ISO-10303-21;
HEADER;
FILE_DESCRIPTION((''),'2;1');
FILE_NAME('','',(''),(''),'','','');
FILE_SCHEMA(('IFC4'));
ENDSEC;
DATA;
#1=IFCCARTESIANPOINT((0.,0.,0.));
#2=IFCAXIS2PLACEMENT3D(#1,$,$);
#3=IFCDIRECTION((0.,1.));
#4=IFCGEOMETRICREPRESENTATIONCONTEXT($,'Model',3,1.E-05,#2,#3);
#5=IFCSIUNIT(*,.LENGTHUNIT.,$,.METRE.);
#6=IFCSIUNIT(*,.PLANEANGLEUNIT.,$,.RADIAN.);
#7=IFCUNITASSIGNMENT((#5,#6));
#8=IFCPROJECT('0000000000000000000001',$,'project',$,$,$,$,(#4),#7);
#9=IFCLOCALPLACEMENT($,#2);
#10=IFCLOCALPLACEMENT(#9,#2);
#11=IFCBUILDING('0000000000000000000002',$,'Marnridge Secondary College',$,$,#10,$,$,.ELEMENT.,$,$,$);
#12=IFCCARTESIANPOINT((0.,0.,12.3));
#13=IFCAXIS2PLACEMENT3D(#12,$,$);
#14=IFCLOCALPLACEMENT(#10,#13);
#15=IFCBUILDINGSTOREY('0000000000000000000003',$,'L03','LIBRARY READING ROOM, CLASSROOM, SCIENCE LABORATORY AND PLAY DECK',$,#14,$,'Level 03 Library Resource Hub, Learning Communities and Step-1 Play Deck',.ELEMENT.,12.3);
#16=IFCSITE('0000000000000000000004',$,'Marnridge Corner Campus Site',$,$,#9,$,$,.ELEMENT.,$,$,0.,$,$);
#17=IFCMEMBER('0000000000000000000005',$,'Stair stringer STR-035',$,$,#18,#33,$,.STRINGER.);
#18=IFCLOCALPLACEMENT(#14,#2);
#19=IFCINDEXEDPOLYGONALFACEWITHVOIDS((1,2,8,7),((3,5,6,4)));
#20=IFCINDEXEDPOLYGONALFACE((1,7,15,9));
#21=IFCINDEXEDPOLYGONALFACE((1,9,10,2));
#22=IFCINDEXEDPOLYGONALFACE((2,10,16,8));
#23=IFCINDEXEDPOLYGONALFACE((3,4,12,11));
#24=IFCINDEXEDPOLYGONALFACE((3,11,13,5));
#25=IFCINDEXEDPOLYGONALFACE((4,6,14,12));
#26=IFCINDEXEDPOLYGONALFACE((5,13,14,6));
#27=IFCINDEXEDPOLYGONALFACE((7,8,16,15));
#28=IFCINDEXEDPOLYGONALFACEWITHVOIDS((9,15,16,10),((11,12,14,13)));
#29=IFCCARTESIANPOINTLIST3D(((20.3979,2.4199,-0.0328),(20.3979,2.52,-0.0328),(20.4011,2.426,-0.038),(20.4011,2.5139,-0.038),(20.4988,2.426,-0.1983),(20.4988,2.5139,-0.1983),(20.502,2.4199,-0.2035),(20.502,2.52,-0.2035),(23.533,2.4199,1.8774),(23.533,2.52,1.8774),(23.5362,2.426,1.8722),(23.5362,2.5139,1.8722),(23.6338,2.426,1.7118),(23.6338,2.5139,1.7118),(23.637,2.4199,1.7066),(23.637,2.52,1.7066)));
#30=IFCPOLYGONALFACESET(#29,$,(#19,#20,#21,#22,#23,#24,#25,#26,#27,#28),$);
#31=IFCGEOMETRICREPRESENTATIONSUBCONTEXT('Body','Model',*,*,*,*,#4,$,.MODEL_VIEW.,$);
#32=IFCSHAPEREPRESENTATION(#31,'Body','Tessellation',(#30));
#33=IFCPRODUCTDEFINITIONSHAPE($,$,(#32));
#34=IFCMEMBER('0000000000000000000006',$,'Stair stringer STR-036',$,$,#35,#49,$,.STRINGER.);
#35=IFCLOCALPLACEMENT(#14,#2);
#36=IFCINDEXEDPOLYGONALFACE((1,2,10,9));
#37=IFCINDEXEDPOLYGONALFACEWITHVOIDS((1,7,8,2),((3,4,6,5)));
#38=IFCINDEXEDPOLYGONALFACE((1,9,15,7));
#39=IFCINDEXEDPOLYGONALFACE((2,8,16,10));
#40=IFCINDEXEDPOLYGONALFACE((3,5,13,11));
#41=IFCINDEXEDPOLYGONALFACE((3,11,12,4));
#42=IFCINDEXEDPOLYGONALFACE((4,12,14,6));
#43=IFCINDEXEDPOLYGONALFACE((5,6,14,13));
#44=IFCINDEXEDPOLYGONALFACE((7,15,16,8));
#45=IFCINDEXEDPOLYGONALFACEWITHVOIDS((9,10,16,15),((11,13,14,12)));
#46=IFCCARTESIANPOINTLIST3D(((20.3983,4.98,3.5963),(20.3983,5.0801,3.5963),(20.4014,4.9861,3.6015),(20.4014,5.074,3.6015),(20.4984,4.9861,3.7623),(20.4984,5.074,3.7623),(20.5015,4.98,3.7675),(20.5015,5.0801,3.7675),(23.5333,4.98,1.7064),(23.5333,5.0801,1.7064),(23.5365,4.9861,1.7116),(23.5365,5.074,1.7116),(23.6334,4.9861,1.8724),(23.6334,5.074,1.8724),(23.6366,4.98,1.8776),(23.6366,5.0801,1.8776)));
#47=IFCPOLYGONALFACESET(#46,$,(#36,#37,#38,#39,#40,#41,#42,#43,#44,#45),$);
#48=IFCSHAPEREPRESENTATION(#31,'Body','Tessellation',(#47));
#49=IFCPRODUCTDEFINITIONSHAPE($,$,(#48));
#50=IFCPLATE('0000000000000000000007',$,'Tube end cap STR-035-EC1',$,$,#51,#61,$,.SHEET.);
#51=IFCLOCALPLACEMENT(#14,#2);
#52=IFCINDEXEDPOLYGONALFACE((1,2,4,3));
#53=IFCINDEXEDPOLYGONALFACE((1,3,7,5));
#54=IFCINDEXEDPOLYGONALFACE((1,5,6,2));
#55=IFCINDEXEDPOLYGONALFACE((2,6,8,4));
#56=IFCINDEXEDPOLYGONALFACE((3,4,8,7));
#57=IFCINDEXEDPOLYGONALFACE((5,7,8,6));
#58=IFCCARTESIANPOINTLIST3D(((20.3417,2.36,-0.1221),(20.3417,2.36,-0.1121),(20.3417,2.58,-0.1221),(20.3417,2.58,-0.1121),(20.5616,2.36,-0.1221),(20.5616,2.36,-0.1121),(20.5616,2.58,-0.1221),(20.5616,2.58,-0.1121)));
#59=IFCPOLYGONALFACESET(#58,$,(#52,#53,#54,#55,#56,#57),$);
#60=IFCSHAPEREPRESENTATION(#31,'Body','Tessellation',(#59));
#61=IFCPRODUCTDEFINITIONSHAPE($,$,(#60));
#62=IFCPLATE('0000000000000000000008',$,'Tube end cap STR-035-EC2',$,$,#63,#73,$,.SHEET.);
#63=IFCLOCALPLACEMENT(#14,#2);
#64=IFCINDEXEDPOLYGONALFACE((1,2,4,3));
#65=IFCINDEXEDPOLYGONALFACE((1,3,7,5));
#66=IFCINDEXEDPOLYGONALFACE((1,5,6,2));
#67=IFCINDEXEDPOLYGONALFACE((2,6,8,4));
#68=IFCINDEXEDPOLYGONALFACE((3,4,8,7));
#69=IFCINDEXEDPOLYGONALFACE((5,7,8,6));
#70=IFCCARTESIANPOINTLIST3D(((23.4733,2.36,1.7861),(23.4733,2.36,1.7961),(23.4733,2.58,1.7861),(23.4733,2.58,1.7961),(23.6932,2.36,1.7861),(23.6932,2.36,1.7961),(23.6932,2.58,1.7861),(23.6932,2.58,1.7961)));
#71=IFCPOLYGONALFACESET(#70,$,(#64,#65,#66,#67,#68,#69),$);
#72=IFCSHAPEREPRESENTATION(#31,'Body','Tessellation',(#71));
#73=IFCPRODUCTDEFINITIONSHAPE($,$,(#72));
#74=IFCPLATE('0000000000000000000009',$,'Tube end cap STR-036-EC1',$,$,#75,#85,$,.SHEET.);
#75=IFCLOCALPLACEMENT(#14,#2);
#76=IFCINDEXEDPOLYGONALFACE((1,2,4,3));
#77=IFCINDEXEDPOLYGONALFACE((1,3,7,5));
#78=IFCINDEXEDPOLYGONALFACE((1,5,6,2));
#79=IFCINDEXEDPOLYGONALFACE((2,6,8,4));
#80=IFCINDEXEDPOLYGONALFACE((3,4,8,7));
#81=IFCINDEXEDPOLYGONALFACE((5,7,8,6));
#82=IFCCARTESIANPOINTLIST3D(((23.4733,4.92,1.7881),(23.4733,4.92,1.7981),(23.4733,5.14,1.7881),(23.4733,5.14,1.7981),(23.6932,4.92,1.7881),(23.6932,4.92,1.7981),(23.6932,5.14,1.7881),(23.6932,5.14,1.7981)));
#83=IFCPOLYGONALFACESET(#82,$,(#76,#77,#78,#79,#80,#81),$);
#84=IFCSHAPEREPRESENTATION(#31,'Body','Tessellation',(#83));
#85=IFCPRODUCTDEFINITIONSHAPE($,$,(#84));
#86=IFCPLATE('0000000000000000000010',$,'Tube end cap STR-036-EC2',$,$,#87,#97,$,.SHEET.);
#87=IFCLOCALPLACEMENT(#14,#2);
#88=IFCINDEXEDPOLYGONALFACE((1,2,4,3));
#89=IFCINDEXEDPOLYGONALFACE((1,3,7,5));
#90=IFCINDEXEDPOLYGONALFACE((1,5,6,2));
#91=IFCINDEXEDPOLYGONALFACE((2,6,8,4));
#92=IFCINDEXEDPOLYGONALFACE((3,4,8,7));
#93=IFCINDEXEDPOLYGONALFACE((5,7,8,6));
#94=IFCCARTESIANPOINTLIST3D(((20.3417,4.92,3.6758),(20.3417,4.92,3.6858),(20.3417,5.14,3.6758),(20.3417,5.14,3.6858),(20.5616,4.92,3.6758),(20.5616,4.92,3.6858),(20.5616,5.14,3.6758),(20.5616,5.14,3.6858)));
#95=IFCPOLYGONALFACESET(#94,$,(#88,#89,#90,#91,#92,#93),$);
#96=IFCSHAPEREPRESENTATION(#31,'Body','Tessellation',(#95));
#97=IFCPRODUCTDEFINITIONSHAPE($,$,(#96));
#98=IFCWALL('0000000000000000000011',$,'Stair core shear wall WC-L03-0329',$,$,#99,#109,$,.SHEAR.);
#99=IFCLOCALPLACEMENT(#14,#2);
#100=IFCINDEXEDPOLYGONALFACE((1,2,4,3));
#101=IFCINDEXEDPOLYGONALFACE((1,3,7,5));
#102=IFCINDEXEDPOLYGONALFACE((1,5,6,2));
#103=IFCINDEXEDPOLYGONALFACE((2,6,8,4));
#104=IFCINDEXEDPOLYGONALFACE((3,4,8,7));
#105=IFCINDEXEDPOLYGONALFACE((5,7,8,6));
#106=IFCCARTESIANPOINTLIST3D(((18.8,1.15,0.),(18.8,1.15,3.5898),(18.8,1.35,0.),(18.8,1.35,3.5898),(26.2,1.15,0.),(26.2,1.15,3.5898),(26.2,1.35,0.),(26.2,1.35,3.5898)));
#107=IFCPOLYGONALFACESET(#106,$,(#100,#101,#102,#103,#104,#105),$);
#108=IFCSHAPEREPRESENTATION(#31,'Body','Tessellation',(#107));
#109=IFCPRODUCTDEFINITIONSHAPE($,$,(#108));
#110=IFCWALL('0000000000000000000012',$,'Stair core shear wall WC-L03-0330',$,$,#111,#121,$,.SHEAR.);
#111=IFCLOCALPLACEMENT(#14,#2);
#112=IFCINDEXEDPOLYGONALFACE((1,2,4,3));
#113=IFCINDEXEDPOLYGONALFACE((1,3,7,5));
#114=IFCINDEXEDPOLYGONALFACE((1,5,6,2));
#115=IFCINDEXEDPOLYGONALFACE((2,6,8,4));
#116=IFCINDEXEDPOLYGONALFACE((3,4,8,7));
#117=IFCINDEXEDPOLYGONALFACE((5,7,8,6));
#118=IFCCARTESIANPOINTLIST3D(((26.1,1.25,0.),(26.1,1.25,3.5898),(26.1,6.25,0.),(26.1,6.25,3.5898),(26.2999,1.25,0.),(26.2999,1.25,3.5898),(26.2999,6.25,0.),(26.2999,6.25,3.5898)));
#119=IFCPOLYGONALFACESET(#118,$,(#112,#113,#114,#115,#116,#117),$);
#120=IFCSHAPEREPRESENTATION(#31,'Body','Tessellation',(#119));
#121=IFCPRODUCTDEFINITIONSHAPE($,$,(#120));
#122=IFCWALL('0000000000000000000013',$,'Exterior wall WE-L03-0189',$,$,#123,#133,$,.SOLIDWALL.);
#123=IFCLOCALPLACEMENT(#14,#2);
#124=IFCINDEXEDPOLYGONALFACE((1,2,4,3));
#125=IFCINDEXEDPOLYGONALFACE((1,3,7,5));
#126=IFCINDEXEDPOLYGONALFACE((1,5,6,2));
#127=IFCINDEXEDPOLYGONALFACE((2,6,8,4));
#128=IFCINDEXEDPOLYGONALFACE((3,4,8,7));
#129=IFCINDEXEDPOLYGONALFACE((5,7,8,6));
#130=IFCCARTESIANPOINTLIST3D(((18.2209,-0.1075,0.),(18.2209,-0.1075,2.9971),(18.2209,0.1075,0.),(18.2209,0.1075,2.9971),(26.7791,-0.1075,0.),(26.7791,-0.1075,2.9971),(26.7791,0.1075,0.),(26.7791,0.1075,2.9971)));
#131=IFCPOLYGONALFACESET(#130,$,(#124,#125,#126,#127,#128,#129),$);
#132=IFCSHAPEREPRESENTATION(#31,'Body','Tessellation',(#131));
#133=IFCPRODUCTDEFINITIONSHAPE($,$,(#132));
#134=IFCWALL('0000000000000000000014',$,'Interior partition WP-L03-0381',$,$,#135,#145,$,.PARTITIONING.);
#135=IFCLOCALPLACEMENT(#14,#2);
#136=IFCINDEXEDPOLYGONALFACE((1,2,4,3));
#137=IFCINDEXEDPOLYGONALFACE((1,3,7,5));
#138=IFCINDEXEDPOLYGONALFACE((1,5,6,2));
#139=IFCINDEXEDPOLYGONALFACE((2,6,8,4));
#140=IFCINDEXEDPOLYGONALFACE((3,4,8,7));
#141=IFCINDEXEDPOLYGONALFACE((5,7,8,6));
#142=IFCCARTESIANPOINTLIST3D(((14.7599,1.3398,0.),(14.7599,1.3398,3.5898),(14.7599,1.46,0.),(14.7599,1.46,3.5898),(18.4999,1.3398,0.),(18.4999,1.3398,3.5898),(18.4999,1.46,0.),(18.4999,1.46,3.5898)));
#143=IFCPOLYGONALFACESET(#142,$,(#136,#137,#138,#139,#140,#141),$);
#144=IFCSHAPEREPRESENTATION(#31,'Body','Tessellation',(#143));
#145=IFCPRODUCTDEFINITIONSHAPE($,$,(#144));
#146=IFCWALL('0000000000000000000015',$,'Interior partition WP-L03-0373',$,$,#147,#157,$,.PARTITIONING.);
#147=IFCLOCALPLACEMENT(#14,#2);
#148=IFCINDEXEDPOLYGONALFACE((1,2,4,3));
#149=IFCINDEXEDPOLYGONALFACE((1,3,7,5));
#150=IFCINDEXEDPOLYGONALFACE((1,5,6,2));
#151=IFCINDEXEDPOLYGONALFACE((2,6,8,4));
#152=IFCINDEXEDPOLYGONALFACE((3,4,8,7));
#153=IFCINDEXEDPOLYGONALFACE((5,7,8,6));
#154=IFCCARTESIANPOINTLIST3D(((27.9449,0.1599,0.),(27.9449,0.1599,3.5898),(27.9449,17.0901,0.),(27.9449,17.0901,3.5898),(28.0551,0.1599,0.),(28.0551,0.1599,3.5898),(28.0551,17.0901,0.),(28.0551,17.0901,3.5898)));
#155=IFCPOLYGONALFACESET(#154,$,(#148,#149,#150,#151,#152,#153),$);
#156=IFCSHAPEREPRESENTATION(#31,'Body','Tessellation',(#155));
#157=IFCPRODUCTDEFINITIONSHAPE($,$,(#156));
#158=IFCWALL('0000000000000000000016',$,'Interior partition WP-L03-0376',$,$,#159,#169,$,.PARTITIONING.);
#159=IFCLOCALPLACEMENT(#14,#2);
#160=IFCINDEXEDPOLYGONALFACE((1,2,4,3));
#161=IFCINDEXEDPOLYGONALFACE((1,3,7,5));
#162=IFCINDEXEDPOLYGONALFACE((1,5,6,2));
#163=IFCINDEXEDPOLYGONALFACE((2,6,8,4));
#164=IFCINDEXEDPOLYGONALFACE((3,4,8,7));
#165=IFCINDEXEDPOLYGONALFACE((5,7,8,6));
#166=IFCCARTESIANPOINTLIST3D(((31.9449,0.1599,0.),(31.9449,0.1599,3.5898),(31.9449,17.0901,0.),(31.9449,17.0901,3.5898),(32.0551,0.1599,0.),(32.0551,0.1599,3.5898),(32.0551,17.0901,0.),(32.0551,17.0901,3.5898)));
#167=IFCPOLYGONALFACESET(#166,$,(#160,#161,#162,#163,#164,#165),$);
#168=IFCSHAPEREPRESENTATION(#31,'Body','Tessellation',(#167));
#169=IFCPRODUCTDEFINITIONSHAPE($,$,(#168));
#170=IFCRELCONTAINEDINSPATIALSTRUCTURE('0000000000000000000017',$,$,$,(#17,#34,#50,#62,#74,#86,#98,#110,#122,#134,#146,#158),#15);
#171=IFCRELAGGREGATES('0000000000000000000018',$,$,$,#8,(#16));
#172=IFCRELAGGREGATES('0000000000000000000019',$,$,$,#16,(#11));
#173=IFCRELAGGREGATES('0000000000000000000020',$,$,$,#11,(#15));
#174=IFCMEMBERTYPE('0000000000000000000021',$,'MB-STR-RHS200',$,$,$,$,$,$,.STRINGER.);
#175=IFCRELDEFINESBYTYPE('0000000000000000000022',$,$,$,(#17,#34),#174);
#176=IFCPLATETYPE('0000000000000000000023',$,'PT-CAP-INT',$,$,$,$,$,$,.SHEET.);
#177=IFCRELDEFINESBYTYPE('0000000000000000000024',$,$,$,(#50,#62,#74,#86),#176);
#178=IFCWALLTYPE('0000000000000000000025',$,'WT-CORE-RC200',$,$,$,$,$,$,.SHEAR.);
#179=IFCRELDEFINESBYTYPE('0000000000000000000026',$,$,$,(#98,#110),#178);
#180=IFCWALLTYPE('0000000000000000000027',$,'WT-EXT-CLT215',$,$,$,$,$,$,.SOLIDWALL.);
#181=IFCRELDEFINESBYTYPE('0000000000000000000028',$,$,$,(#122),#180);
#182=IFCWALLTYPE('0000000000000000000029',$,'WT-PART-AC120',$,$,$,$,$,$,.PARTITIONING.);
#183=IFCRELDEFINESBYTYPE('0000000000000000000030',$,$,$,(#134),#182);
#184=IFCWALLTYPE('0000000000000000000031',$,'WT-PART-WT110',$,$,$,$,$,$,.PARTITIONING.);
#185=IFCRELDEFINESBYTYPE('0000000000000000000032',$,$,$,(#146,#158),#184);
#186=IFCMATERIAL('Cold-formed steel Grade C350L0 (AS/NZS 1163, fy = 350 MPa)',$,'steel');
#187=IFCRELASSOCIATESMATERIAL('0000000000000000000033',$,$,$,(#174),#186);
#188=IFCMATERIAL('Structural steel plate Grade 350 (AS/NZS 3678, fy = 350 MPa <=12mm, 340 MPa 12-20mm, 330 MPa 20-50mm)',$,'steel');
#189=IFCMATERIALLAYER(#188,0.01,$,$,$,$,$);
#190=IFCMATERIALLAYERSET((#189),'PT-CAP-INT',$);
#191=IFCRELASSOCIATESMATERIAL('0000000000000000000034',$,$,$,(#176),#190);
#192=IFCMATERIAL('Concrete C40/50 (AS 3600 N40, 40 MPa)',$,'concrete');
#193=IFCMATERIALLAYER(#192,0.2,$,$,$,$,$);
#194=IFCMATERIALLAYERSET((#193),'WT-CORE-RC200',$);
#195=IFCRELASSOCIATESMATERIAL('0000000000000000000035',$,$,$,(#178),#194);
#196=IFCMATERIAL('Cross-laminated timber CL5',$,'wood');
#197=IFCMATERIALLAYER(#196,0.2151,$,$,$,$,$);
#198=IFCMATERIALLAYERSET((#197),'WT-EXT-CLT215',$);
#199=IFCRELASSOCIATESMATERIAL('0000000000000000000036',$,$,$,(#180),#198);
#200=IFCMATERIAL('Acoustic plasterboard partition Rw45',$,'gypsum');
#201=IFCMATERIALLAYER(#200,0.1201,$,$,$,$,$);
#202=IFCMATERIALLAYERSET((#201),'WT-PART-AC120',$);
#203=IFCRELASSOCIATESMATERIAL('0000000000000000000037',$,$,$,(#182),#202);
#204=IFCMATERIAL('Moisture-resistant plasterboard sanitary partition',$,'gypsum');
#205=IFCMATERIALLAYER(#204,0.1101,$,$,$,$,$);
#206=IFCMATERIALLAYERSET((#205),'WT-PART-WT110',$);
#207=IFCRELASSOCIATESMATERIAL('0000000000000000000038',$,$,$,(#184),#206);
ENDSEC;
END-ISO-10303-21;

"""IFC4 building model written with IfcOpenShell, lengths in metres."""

from ifc_helpers import new_model, si_unit, direction, frame, frame_2d, origin, origin_2d, place, context, subcontext, project, spatial, rectangle, hollow_rectangle, extrude, material, layer, layer_set, material_profile, profile_set, type_object, element, save


model = new_model("IFC4")

# Units and contexts
model_context = context("Model", 3, precision=1e-05, world=origin(), true_north=direction((0.0, 1.0)))
body_context = subcontext(model_context, "Body", "Model", "MODEL_VIEW")
ifc_project = project(units=[si_unit("LENGTHUNIT", "METRE"), si_unit("PLANEANGLEUNIT", "RADIAN")], contexts=[model_context])

# Site, building, storey
site_placement = place(None, origin())
site = spatial("IfcSite", under=ifc_project, at=site_placement, Name="Marnridge Corner Campus Site", CompositionType="ELEMENT", RefElevation=0.0)
building_placement = place(site_placement, origin())
building = spatial("IfcBuilding", under=site, at=building_placement, Name="Marnridge Secondary College", CompositionType="ELEMENT")
storey_placement = place(building_placement, frame((0.0, 0.0, 12.3)))
storey = spatial("IfcBuildingStorey", under=building, at=storey_placement, Name="L03", Description="LIBRARY READING ROOM, CLASSROOM, SCIENCE LABORATORY AND PLAY DECK", LongName="Level 03 Library Resource Hub, Learning Communities and Step-1 Play Deck", CompositionType="ELEMENT", Elevation=12.3)

# Members
ifc_material_1 = material(Name="Cold-formed steel Grade C350L0 (AS/NZS 1163, fy = 350 MPa)", Category="steel")
ifc_material_profile_1 = material_profile(ifc_material_1, hollow_rectangle(XDim=0.1001, YDim=0.2, WallThickness=0.0061, at=origin_2d()), Name="200x100x6.0RHS")
ifc_profile_set_1 = profile_set([ifc_material_profile_1], Name="Cold-formed steel Grade C350L0 (AS/NZS 1163, fy = 350 MPa)")
member_type = type_object("IfcMemberType", Name="MB-STR-RHS200", PredefinedType="STRINGER", material=ifc_profile_set_1)
member_1_placement = place(storey_placement, frame((20.45, 2.47, -0.1182), z_axis=(0.85397, 0.0, 0.520322), x_axis=(0.0, 1.0, 0.0)))
element("IfcMember", 1, at=member_1_placement, inside=storey, type_object=member_type, Name="Stair stringer STR-035", PredefinedType="STRINGER", context=body_context, shape_type="SweptSolid", body=[
    extrude(hollow_rectangle(XDim=0.1001, YDim=0.2, WallThickness=0.0061, at=origin_2d()), origin(), (0.0, 0.0, 1.0), 3.6711),
])
member_2_placement = place(storey_placement, frame((23.585, 5.03, 1.792), z_axis=(-0.85642, 0.0, 0.51628), x_axis=(0.0, -1.0, 0.0)))
element("IfcMember", 2, at=member_2_placement, inside=storey, type_object=member_type, Name="Stair stringer STR-036", PredefinedType="STRINGER", context=body_context, shape_type="SweptSolid", body=[
    extrude(hollow_rectangle(XDim=0.1001, YDim=0.2, WallThickness=0.0061, at=origin_2d()), origin(), (0.0, 0.0, 1.0), 3.6606),
])

# Plates
ifc_material_2 = material(Name="Structural steel plate Grade 350 (AS/NZS 3678, fy = 350 MPa <=12mm, 340 MPa 12-20mm, 330 MPa 20-50mm)", Category="steel")
ifc_layer_1 = layer(ifc_material_2, 0.01)
ifc_layer_set_1 = layer_set([ifc_layer_1], Name="PT-CAP-INT")
plate_type = type_object("IfcPlateType", Name="PT-CAP-INT", PredefinedType="SHEET", material=ifc_layer_set_1)
for number, where, z_axis, x_axis, name in (
    (3, (20.4517, 2.47, -0.1221), (0.0, 0.0, 1.0), (1.0, 0.0, 0.0), "Tube end cap STR-035-EC1"),
    (4, (23.5833, 2.47, 1.7861), (0.0, 0.0, 1.0), (1.0, 0.0, 0.0), "Tube end cap STR-035-EC2"),
    (5, (23.5833, 5.03, 1.7881), (0.0, 0.0, 1.0), (-1.0, 0.0, 0.0), "Tube end cap STR-036-EC1"),
    (6, (20.4517, 5.03, 3.6758), (0.0, 0.0, 1.0), (-1.0, 0.0, 0.0), "Tube end cap STR-036-EC2"),
):
    element("IfcPlate", number, at=place(storey_placement, frame(where, z_axis=z_axis, x_axis=x_axis)), inside=storey, type_object=plate_type, Name=name, PredefinedType="SHEET", context=body_context, shape_type="SweptSolid", body=[
        extrude(rectangle(XDim=0.22, YDim=0.22, at=origin_2d()), origin(), (0.0, 0.0, 1.0), 0.01),
    ])

# Walls
ifc_material_3 = material(Name="Concrete C40/50 (AS 3600 N40, 40 MPa)", Category="concrete")
ifc_layer_2 = layer(ifc_material_3, 0.2)
ifc_layer_set_2 = layer_set([ifc_layer_2], Name="WT-CORE-RC200")
wall_type_1 = type_object("IfcWallType", Name="WT-CORE-RC200", PredefinedType="SHEAR", material=ifc_layer_set_2)
wall_1_placement = place(storey_placement, frame((18.8, 1.25, 0.0), z_axis=(0.0, 0.0, 1.0), x_axis=(1.0, 0.0, 0.0)))
element("IfcWall", 7, at=wall_1_placement, inside=storey, type_object=wall_type_1, Name="Stair core shear wall WC-L03-0329", PredefinedType="SHEAR", context=body_context, shape_type="SweptSolid", body=[
    extrude(rectangle(XDim=7.3999, YDim=0.2, at=frame_2d((3.7, 0.0))), origin(), (0.0, 0.0, 1.0), 3.5898),
])
wall_2_placement = place(storey_placement, frame((26.2, 1.25, 0.0), z_axis=(0.0, 0.0, 1.0), x_axis=(0.0, 1.0, 0.0)))
element("IfcWall", 8, at=wall_2_placement, inside=storey, type_object=wall_type_1, Name="Stair core shear wall WC-L03-0330", PredefinedType="SHEAR", context=body_context, shape_type="SweptSolid", body=[
    extrude(rectangle(XDim=5.0, YDim=0.2, at=frame_2d((2.5, 0.0))), origin(), (0.0, 0.0, 1.0), 3.5898),
])
ifc_material_4 = material(Name="Cross-laminated timber CL5", Category="wood")
ifc_layer_3 = layer(ifc_material_4, 0.2151)
ifc_layer_set_3 = layer_set([ifc_layer_3], Name="WT-EXT-CLT215")
wall_type_2 = type_object("IfcWallType", Name="WT-EXT-CLT215", PredefinedType="SOLIDWALL", material=ifc_layer_set_3)
wall_3_placement = place(storey_placement, frame((26.7791, 0.0, 0.0), z_axis=(0.0, 0.0, 1.0), x_axis=(-1.0, 0.0, 0.0)))
element("IfcWall", 9, at=wall_3_placement, inside=storey, type_object=wall_type_2, Name="Exterior wall WE-L03-0189", PredefinedType="SOLIDWALL", context=body_context, shape_type="SweptSolid", body=[
    extrude(rectangle(XDim=8.5581, YDim=0.2151, at=frame_2d((4.2791, 0.0))), origin(), (0.0, 0.0, 1.0), 2.9971),
])
ifc_material_5 = material(Name="Acoustic plasterboard partition Rw45", Category="gypsum")
ifc_layer_4 = layer(ifc_material_5, 0.1201)
ifc_layer_set_4 = layer_set([ifc_layer_4], Name="WT-PART-AC120")
wall_type_3 = type_object("IfcWallType", Name="WT-PART-AC120", PredefinedType="PARTITIONING", material=ifc_layer_set_4)
wall_4_placement = place(storey_placement, frame((18.5, 1.3999, 0.0), z_axis=(0.0, 0.0, 1.0), x_axis=(-1.0, 0.0, 0.0)))
element("IfcWall", 10, at=wall_4_placement, inside=storey, type_object=wall_type_3, Name="Interior partition WP-L03-0381", PredefinedType="PARTITIONING", context=body_context, shape_type="SweptSolid", body=[
    extrude(rectangle(XDim=3.74, YDim=0.1201, at=frame_2d((1.8701, 0.0))), origin(), (0.0, 0.0, 1.0), 3.5898),
])
ifc_material_6 = material(Name="Moisture-resistant plasterboard sanitary partition", Category="gypsum")
ifc_layer_5 = layer(ifc_material_6, 0.1101)
ifc_layer_set_5 = layer_set([ifc_layer_5], Name="WT-PART-WT110")
wall_type_4 = type_object("IfcWallType", Name="WT-PART-WT110", PredefinedType="PARTITIONING", material=ifc_layer_set_5)
for number, where, z_axis, x_axis, name in (
    (11, (28.0, 0.1599, 0.0), (0.0, 0.0, 1.0), (0.0, 1.0, 0.0), "Interior partition WP-L03-0373"),
    (12, (32.0, 0.1599, 0.0), (0.0, 0.0, 1.0), (0.0, 1.0, 0.0), "Interior partition WP-L03-0376"),
):
    element("IfcWall", number, at=place(storey_placement, frame(where, z_axis=z_axis, x_axis=x_axis)), inside=storey, type_object=wall_type_4, Name=name, PredefinedType="PARTITIONING", context=body_context, shape_type="SweptSolid", body=[
        extrude(rectangle(XDim=16.9302, YDim=0.1101, at=frame_2d((8.4651, 0.0))), origin(), (0.0, 0.0, 1.0), 3.5898),
    ])

save(model, "model.ifc")
